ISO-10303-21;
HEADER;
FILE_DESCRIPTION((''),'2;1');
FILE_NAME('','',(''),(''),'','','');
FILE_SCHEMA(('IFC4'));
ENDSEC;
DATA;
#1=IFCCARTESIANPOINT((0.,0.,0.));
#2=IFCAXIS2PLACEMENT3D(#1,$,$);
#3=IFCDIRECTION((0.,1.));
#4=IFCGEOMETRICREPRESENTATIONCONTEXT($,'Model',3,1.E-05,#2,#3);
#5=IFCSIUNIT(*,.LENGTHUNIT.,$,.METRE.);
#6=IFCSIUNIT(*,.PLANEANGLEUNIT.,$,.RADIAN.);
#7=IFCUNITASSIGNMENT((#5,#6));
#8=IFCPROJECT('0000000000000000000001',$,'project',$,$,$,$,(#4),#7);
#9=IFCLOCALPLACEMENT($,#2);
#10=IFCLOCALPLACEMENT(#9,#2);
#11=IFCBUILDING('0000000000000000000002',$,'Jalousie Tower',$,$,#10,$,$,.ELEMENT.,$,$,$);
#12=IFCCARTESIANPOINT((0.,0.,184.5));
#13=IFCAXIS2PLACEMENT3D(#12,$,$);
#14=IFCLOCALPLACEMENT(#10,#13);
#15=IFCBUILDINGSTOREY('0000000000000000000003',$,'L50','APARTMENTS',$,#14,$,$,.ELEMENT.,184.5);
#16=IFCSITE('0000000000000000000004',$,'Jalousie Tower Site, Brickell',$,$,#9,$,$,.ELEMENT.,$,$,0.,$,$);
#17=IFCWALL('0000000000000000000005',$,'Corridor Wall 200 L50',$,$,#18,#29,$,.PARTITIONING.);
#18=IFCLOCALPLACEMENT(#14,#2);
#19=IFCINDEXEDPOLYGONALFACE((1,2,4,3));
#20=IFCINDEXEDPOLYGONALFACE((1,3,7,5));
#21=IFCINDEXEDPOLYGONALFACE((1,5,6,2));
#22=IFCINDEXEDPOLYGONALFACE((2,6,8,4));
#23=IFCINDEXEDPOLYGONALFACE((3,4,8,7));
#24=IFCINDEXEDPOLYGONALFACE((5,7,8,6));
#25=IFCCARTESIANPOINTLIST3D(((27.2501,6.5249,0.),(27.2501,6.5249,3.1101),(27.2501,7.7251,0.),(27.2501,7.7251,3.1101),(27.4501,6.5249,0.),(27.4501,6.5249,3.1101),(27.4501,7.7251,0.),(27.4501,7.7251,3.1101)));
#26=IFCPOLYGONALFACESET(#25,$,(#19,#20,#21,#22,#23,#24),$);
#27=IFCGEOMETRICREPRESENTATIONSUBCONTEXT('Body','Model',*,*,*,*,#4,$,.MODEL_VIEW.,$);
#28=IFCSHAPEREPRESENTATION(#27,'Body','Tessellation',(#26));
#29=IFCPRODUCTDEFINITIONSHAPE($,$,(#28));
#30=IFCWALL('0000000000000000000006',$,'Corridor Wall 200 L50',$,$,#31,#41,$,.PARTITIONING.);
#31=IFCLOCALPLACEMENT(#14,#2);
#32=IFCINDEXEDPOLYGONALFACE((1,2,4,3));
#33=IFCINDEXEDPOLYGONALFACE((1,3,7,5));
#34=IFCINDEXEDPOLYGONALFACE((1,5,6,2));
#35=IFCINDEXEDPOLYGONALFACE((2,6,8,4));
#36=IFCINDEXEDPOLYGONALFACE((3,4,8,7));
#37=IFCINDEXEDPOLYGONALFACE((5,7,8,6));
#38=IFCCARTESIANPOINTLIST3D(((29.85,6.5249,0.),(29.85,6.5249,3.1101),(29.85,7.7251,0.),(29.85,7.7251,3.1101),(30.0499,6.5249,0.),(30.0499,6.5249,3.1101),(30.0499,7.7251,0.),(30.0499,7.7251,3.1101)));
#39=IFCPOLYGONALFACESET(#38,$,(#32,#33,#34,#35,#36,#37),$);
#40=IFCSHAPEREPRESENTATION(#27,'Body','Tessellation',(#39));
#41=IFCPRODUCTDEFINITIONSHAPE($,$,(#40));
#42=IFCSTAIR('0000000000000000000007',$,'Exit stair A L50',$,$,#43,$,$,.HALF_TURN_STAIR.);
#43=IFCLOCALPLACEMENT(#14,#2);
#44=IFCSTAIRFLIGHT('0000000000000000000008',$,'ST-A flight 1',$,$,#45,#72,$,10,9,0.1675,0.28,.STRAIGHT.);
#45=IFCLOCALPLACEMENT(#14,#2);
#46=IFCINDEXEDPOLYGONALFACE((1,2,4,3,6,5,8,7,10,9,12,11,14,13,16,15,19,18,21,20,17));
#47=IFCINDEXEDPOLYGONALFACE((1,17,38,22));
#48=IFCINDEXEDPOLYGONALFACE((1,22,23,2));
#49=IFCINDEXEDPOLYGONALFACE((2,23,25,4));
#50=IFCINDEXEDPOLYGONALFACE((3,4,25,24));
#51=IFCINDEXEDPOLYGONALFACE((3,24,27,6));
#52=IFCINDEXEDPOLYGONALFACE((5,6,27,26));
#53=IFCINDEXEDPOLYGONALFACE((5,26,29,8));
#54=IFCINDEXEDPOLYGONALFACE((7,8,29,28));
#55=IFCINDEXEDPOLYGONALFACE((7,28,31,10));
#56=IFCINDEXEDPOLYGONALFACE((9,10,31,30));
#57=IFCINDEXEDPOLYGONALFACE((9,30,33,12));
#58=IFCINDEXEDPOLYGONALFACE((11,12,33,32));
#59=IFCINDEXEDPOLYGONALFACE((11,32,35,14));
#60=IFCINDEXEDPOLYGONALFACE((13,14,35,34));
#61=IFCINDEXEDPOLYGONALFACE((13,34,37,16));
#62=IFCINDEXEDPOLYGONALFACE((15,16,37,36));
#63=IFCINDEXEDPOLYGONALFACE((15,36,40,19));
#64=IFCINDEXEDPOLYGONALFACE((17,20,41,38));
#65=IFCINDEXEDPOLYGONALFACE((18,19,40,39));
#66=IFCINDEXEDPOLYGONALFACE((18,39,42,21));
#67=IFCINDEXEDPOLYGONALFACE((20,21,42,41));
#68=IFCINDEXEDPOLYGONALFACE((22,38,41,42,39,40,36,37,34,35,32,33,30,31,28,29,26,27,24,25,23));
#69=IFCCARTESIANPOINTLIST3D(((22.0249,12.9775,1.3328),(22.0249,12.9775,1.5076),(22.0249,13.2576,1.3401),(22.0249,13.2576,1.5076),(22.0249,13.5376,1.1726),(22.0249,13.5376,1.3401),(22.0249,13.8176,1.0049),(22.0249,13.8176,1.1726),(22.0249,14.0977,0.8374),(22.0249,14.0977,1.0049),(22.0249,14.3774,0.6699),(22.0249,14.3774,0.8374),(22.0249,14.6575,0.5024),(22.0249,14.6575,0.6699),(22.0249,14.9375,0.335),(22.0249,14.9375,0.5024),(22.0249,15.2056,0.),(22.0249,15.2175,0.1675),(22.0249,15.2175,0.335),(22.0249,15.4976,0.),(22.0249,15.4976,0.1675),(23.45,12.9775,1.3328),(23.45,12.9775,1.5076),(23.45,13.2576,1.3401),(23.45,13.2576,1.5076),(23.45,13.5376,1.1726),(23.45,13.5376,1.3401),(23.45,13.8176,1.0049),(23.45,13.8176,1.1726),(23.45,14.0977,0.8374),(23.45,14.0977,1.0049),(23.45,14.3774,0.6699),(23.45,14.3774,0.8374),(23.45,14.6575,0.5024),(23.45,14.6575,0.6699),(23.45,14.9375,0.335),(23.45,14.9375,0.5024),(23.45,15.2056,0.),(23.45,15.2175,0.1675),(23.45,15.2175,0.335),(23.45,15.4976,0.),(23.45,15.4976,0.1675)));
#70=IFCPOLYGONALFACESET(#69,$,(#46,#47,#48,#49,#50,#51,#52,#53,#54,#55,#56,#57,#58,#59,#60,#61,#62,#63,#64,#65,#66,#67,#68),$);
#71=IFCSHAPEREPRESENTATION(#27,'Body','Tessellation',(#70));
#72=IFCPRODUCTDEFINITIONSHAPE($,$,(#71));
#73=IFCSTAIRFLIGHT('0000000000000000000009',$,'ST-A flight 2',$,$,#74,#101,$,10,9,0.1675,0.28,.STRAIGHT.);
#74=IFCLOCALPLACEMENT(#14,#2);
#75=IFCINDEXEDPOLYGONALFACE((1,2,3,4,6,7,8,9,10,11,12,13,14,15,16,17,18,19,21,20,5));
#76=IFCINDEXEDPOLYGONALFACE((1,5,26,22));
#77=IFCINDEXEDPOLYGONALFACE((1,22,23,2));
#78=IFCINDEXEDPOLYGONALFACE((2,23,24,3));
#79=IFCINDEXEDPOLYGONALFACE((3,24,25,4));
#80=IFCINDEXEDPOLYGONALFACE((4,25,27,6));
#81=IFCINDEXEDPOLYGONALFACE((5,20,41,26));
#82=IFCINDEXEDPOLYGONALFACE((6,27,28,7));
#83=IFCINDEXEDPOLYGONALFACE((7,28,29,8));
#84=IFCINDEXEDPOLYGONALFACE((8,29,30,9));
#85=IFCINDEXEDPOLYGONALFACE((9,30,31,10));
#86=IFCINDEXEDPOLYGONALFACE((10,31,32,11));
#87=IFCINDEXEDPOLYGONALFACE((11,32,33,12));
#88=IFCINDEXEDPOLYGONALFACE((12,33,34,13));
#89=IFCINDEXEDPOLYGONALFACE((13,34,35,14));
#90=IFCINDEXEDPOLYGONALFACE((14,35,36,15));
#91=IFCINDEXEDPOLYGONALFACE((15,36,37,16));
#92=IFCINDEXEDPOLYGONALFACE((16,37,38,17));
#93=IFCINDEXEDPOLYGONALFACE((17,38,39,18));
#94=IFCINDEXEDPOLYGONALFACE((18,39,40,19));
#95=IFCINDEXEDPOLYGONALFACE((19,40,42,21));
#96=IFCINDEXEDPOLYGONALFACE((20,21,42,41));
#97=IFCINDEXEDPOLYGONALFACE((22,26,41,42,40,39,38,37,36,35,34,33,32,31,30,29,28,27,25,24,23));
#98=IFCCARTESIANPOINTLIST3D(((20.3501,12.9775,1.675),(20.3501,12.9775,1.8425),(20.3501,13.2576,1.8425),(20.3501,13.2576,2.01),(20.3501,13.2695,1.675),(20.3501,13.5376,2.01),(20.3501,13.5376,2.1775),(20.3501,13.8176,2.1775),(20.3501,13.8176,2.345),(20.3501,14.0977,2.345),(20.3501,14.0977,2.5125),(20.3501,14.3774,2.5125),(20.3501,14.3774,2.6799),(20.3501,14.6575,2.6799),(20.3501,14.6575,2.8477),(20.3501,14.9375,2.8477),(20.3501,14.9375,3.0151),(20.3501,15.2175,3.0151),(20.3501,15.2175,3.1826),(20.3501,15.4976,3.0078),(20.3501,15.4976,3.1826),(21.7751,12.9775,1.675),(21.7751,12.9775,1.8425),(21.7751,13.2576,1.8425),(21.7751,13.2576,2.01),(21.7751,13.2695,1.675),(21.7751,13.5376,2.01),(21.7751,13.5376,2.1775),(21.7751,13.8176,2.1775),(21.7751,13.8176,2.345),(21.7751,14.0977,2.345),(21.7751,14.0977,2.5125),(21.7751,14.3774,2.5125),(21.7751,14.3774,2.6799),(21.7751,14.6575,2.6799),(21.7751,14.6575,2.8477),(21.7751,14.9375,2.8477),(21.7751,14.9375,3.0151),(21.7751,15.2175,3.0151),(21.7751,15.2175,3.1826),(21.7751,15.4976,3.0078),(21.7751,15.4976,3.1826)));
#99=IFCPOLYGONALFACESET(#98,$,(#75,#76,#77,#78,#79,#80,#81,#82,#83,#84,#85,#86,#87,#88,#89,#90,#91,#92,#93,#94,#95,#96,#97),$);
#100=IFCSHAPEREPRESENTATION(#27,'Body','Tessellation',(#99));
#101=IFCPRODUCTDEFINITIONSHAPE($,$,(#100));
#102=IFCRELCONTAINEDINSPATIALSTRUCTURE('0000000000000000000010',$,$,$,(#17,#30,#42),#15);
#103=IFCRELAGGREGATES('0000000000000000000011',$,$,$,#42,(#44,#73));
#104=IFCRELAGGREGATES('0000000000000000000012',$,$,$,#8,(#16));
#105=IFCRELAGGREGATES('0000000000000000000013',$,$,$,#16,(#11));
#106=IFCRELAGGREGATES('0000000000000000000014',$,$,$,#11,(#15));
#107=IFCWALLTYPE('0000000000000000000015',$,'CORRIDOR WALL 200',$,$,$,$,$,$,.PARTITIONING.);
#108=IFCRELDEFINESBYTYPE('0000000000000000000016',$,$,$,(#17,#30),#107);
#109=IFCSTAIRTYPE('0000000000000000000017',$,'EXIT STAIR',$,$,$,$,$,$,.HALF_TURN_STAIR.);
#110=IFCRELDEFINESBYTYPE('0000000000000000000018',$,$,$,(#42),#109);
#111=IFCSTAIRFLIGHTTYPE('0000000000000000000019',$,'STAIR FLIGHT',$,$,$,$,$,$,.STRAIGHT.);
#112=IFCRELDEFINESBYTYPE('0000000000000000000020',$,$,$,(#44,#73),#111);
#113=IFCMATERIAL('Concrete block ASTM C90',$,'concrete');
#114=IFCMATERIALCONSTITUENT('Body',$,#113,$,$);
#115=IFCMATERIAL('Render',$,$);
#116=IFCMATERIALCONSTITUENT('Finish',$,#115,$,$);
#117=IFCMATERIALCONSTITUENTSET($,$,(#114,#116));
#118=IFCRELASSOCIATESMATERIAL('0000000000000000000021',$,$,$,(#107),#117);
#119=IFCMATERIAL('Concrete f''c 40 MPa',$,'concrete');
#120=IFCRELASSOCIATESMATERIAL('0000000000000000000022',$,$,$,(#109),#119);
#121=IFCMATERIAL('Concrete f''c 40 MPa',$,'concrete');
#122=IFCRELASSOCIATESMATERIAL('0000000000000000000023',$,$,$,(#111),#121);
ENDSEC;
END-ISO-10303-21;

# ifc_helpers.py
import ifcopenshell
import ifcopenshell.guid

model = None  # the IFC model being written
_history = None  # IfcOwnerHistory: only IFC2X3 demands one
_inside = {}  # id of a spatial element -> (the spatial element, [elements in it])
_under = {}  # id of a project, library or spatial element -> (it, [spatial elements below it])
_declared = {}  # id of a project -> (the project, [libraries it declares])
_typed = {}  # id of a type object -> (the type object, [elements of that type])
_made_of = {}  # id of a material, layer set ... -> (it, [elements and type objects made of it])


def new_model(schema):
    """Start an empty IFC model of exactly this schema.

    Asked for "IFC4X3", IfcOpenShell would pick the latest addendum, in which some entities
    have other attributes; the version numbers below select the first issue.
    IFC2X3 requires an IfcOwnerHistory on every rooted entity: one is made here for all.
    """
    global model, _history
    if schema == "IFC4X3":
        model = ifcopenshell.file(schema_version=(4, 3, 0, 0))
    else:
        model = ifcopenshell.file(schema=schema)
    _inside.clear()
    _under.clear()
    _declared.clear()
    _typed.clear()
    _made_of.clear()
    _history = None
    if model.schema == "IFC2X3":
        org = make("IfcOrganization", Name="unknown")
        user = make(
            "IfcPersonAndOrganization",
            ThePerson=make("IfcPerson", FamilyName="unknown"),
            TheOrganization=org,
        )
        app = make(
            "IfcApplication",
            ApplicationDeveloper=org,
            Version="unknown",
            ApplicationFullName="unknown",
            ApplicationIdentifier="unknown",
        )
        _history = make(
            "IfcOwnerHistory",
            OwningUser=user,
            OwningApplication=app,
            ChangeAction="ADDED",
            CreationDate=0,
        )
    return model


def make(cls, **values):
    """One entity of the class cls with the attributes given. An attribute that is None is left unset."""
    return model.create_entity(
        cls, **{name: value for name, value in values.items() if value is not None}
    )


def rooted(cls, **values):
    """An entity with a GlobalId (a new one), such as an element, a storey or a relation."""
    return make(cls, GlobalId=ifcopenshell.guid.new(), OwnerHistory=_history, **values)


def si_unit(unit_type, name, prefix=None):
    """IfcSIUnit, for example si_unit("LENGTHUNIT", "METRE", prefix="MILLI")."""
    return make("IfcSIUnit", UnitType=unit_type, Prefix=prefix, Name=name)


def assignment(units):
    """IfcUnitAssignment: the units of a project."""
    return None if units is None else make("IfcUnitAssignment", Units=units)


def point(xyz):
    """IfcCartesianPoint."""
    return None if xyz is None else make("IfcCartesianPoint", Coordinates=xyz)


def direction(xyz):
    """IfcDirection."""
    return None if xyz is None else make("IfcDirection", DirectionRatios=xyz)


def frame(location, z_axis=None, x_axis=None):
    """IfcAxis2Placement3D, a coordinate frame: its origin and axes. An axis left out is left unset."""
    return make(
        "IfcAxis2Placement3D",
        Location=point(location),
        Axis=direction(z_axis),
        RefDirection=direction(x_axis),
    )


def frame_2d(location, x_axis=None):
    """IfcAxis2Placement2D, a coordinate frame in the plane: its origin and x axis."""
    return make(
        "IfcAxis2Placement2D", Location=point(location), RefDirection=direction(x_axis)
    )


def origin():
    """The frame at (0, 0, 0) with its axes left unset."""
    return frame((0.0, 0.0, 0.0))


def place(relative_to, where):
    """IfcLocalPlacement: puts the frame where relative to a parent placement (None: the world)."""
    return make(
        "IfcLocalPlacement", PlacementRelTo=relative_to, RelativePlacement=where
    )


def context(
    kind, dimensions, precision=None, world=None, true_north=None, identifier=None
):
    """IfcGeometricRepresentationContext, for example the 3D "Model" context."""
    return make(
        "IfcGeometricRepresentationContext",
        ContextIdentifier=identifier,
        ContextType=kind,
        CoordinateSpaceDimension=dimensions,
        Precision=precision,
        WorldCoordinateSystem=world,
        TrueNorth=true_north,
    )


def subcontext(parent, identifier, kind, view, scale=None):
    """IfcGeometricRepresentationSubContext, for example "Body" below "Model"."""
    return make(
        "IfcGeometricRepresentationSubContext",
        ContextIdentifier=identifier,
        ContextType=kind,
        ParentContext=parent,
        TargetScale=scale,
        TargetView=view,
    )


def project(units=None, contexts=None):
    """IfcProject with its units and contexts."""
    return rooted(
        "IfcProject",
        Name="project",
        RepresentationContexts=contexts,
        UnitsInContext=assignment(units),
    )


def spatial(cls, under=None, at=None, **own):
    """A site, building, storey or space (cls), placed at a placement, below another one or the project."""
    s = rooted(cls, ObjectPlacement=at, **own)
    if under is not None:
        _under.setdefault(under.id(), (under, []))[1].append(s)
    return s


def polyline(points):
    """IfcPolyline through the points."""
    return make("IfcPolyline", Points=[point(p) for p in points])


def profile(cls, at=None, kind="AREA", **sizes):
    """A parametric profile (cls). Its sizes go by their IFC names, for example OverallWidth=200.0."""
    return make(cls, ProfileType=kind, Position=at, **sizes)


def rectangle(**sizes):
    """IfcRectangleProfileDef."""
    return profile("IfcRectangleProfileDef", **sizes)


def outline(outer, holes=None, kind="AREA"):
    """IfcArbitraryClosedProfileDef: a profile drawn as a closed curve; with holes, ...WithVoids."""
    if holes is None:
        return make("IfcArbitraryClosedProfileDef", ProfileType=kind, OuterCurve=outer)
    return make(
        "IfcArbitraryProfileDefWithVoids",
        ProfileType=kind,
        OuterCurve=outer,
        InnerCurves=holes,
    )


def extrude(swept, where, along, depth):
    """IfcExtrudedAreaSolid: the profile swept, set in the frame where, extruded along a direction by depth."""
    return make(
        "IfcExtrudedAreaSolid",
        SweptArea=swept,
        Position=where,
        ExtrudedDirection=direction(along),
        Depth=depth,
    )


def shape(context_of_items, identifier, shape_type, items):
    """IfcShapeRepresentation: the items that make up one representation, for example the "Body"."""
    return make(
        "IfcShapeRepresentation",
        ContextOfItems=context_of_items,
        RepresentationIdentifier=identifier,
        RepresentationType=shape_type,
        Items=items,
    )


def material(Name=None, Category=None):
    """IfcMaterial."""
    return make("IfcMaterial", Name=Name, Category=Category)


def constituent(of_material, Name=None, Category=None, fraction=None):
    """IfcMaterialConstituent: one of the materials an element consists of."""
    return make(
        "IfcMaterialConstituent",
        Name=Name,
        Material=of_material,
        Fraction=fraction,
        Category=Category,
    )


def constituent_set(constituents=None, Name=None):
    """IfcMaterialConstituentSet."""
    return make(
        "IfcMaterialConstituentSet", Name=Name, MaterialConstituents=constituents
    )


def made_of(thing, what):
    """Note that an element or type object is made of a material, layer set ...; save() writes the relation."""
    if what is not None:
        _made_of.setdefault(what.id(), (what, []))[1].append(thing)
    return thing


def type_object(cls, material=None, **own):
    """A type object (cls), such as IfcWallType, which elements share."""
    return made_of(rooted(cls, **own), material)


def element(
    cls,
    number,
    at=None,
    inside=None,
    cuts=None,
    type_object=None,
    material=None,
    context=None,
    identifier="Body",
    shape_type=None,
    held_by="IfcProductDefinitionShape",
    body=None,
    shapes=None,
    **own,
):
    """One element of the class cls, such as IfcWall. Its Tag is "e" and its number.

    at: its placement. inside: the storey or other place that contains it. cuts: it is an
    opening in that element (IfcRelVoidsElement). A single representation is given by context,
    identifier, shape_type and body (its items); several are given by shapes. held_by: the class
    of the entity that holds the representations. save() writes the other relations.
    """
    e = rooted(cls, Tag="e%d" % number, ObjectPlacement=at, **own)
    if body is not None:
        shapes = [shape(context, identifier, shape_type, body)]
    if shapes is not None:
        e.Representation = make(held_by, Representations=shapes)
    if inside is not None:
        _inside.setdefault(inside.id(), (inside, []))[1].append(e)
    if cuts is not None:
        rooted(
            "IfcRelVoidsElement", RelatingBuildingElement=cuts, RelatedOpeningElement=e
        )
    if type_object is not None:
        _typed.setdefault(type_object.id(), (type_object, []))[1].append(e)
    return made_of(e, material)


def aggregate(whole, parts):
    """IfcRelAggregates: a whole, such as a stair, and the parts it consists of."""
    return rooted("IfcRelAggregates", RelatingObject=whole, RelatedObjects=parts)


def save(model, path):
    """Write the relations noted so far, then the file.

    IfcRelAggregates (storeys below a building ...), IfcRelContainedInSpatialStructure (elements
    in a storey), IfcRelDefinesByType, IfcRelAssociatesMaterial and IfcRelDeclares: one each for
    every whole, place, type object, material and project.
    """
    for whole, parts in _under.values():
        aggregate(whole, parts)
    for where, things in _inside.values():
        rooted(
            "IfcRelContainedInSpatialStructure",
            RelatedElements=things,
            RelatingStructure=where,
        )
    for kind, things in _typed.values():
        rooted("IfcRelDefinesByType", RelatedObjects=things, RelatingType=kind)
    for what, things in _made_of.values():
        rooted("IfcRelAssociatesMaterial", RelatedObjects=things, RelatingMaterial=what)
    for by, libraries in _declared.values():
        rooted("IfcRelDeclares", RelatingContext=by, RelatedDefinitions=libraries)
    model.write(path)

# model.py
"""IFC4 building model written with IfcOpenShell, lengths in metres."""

from ifc_helpers import new_model, si_unit, direction, frame, frame_2d, origin, place, context, subcontext, project, spatial, polyline, rectangle, outline, extrude, material, constituent, constituent_set, type_object, element, aggregate, save


model = new_model("IFC4")

# Units and contexts
model_context = context("Model", 3, precision=1e-05, world=origin(), true_north=direction((0.0, 1.0)))
body_context = subcontext(model_context, "Body", "Model", "MODEL_VIEW")
ifc_project = project(units=[si_unit("LENGTHUNIT", "METRE"), si_unit("PLANEANGLEUNIT", "RADIAN")], contexts=[model_context])

# Site, building, storey
site_placement = place(None, origin())
site = spatial("IfcSite", under=ifc_project, at=site_placement, Name="Jalousie Tower Site, Brickell", CompositionType="ELEMENT", RefElevation=0.0)
building_placement = place(site_placement, origin())
building = spatial("IfcBuilding", under=site, at=building_placement, Name="Jalousie Tower", CompositionType="ELEMENT")
storey_placement = place(building_placement, frame((0.0, 0.0, 184.5)))
storey = spatial("IfcBuildingStorey", under=building, at=storey_placement, Name="L50", Description="APARTMENTS", CompositionType="ELEMENT", Elevation=184.5)

# Walls
ifc_material_1 = material(Name="Concrete block ASTM C90", Category="concrete")
ifc_constituent_1 = constituent(ifc_material_1, Name="Body")
ifc_material_2 = material(Name="Render")
ifc_constituent_2 = constituent(ifc_material_2, Name="Finish")
ifc_constituent_set_1 = constituent_set(constituents=[ifc_constituent_1, ifc_constituent_2])
wall_type_1 = type_object("IfcWallType", Name="CORRIDOR WALL 200", PredefinedType="PARTITIONING", material=ifc_constituent_set_1)
for number, where, z_axis, x_axis, name in (
    (1, (27.3501, 7.7251, 0.0), (0.0, 0.0, 1.0), (0.0, -1.0, 0.0), "Corridor Wall 200 L50"),
    (2, (29.95, 7.7251, 0.0), (0.0, 0.0, 1.0), (0.0, -1.0, 0.0), "Corridor Wall 200 L50"),
):
    element("IfcWall", number, at=place(storey_placement, frame(where, z_axis=z_axis, x_axis=x_axis)), inside=storey, type_object=wall_type_1, Name=name, PredefinedType="PARTITIONING", context=body_context, shape_type="SweptSolid", body=[
        extrude(rectangle(XDim=1.2002, YDim=0.2, at=frame_2d((0.6001, 0.0))), origin(), (0.0, 0.0, 1.0), 3.1101),
    ])

# Stair, stair flights
ifc_material_3 = material(Name="Concrete f'c 40 MPa", Category="concrete")
stair_type = type_object("IfcStairType", Name="EXIT STAIR", PredefinedType="HALF_TURN_STAIR", material=ifc_material_3)
stair_placement = place(storey_placement, origin())
stair = element("IfcStair", 3, at=stair_placement, inside=storey, type_object=stair_type, Name="Exit stair A L50", PredefinedType="HALF_TURN_STAIR")
ifc_material_4 = material(Name="Concrete f'c 40 MPa", Category="concrete")
stair_flight_type = type_object("IfcStairFlightType", Name="STAIR FLIGHT", PredefinedType="STRAIGHT", material=ifc_material_4)
stair_flight_1_placement = place(storey_placement, frame((22.7375, 15.4976, 0.0), z_axis=(0.0, 0.0, 1.0), x_axis=(0.0, -1.0, 0.0)))
stair_flight_1 = element("IfcStairFlight", 4, at=stair_flight_1_placement, type_object=stair_flight_type, Name="ST-A flight 1", NumberOfRisers=10, NumberOfTreads=9, PredefinedType="STRAIGHT", RiserHeight=0.1675, TreadLength=0.28, context=body_context, shape_type="SweptSolid", body=[
    extrude(outline(polyline([(0.0, 0.0), (0.0, 0.1675), (0.28, 0.1675), (0.28, 0.335), (0.5601, 0.335), (0.5601, 0.5024), (0.8401, 0.5024), (0.8401, 0.6699), (1.1201, 0.6699), (1.1201, 0.8374), (1.3999, 0.8374), (1.3999, 1.0049), (1.6799, 1.0049), (1.6799, 1.1726), (1.96, 1.1726), (1.96, 1.3401), (2.24, 1.3401), (2.24, 1.5076), (2.52, 1.5076), (2.52, 1.675), (2.52, 1.3328), (0.292, 0.0), (0.0, 0.0)])), frame((0.0, 0.7124, 0.0), z_axis=(0.0, -1.0, 0.0), x_axis=(1.0, 0.0, 0.0)), (0.0, 0.0, 1.0), 1.425),
])
stair_flight_2_placement = place(storey_placement, frame((21.0625, 12.9775, 1.675), z_axis=(0.0, 0.0, 1.0), x_axis=(0.0, 1.0, 0.0)))
stair_flight_2 = element("IfcStairFlight", 5, at=stair_flight_2_placement, type_object=stair_flight_type, Name="ST-A flight 2", NumberOfRisers=10, NumberOfTreads=9, PredefinedType="STRAIGHT", RiserHeight=0.1675, TreadLength=0.28, context=body_context, shape_type="SweptSolid", body=[
    extrude(outline(polyline([(0.0, 0.0), (0.0, 0.1675), (0.28, 0.1675), (0.28, 0.335), (0.5601, 0.335), (0.5601, 0.5024), (0.8401, 0.5024), (0.8401, 0.6699), (1.1201, 0.6699), (1.1201, 0.8374), (1.3999, 0.8374), (1.3999, 1.0049), (1.6799, 1.0049), (1.6799, 1.1726), (1.96, 1.1726), (1.96, 1.3401), (2.24, 1.3401), (2.24, 1.5076), (2.52, 1.5076), (2.52, 1.675), (2.52, 1.3328), (0.292, 0.0), (0.0, 0.0)])), frame((0.0, 0.7124, 0.0), z_axis=(0.0, -1.0, 0.0), x_axis=(1.0, 0.0, 0.0)), (0.0, 0.0, 1.0), 1.425),
])
aggregate(stair, [stair_flight_1, stair_flight_2])

save(model, "model.ifc")
